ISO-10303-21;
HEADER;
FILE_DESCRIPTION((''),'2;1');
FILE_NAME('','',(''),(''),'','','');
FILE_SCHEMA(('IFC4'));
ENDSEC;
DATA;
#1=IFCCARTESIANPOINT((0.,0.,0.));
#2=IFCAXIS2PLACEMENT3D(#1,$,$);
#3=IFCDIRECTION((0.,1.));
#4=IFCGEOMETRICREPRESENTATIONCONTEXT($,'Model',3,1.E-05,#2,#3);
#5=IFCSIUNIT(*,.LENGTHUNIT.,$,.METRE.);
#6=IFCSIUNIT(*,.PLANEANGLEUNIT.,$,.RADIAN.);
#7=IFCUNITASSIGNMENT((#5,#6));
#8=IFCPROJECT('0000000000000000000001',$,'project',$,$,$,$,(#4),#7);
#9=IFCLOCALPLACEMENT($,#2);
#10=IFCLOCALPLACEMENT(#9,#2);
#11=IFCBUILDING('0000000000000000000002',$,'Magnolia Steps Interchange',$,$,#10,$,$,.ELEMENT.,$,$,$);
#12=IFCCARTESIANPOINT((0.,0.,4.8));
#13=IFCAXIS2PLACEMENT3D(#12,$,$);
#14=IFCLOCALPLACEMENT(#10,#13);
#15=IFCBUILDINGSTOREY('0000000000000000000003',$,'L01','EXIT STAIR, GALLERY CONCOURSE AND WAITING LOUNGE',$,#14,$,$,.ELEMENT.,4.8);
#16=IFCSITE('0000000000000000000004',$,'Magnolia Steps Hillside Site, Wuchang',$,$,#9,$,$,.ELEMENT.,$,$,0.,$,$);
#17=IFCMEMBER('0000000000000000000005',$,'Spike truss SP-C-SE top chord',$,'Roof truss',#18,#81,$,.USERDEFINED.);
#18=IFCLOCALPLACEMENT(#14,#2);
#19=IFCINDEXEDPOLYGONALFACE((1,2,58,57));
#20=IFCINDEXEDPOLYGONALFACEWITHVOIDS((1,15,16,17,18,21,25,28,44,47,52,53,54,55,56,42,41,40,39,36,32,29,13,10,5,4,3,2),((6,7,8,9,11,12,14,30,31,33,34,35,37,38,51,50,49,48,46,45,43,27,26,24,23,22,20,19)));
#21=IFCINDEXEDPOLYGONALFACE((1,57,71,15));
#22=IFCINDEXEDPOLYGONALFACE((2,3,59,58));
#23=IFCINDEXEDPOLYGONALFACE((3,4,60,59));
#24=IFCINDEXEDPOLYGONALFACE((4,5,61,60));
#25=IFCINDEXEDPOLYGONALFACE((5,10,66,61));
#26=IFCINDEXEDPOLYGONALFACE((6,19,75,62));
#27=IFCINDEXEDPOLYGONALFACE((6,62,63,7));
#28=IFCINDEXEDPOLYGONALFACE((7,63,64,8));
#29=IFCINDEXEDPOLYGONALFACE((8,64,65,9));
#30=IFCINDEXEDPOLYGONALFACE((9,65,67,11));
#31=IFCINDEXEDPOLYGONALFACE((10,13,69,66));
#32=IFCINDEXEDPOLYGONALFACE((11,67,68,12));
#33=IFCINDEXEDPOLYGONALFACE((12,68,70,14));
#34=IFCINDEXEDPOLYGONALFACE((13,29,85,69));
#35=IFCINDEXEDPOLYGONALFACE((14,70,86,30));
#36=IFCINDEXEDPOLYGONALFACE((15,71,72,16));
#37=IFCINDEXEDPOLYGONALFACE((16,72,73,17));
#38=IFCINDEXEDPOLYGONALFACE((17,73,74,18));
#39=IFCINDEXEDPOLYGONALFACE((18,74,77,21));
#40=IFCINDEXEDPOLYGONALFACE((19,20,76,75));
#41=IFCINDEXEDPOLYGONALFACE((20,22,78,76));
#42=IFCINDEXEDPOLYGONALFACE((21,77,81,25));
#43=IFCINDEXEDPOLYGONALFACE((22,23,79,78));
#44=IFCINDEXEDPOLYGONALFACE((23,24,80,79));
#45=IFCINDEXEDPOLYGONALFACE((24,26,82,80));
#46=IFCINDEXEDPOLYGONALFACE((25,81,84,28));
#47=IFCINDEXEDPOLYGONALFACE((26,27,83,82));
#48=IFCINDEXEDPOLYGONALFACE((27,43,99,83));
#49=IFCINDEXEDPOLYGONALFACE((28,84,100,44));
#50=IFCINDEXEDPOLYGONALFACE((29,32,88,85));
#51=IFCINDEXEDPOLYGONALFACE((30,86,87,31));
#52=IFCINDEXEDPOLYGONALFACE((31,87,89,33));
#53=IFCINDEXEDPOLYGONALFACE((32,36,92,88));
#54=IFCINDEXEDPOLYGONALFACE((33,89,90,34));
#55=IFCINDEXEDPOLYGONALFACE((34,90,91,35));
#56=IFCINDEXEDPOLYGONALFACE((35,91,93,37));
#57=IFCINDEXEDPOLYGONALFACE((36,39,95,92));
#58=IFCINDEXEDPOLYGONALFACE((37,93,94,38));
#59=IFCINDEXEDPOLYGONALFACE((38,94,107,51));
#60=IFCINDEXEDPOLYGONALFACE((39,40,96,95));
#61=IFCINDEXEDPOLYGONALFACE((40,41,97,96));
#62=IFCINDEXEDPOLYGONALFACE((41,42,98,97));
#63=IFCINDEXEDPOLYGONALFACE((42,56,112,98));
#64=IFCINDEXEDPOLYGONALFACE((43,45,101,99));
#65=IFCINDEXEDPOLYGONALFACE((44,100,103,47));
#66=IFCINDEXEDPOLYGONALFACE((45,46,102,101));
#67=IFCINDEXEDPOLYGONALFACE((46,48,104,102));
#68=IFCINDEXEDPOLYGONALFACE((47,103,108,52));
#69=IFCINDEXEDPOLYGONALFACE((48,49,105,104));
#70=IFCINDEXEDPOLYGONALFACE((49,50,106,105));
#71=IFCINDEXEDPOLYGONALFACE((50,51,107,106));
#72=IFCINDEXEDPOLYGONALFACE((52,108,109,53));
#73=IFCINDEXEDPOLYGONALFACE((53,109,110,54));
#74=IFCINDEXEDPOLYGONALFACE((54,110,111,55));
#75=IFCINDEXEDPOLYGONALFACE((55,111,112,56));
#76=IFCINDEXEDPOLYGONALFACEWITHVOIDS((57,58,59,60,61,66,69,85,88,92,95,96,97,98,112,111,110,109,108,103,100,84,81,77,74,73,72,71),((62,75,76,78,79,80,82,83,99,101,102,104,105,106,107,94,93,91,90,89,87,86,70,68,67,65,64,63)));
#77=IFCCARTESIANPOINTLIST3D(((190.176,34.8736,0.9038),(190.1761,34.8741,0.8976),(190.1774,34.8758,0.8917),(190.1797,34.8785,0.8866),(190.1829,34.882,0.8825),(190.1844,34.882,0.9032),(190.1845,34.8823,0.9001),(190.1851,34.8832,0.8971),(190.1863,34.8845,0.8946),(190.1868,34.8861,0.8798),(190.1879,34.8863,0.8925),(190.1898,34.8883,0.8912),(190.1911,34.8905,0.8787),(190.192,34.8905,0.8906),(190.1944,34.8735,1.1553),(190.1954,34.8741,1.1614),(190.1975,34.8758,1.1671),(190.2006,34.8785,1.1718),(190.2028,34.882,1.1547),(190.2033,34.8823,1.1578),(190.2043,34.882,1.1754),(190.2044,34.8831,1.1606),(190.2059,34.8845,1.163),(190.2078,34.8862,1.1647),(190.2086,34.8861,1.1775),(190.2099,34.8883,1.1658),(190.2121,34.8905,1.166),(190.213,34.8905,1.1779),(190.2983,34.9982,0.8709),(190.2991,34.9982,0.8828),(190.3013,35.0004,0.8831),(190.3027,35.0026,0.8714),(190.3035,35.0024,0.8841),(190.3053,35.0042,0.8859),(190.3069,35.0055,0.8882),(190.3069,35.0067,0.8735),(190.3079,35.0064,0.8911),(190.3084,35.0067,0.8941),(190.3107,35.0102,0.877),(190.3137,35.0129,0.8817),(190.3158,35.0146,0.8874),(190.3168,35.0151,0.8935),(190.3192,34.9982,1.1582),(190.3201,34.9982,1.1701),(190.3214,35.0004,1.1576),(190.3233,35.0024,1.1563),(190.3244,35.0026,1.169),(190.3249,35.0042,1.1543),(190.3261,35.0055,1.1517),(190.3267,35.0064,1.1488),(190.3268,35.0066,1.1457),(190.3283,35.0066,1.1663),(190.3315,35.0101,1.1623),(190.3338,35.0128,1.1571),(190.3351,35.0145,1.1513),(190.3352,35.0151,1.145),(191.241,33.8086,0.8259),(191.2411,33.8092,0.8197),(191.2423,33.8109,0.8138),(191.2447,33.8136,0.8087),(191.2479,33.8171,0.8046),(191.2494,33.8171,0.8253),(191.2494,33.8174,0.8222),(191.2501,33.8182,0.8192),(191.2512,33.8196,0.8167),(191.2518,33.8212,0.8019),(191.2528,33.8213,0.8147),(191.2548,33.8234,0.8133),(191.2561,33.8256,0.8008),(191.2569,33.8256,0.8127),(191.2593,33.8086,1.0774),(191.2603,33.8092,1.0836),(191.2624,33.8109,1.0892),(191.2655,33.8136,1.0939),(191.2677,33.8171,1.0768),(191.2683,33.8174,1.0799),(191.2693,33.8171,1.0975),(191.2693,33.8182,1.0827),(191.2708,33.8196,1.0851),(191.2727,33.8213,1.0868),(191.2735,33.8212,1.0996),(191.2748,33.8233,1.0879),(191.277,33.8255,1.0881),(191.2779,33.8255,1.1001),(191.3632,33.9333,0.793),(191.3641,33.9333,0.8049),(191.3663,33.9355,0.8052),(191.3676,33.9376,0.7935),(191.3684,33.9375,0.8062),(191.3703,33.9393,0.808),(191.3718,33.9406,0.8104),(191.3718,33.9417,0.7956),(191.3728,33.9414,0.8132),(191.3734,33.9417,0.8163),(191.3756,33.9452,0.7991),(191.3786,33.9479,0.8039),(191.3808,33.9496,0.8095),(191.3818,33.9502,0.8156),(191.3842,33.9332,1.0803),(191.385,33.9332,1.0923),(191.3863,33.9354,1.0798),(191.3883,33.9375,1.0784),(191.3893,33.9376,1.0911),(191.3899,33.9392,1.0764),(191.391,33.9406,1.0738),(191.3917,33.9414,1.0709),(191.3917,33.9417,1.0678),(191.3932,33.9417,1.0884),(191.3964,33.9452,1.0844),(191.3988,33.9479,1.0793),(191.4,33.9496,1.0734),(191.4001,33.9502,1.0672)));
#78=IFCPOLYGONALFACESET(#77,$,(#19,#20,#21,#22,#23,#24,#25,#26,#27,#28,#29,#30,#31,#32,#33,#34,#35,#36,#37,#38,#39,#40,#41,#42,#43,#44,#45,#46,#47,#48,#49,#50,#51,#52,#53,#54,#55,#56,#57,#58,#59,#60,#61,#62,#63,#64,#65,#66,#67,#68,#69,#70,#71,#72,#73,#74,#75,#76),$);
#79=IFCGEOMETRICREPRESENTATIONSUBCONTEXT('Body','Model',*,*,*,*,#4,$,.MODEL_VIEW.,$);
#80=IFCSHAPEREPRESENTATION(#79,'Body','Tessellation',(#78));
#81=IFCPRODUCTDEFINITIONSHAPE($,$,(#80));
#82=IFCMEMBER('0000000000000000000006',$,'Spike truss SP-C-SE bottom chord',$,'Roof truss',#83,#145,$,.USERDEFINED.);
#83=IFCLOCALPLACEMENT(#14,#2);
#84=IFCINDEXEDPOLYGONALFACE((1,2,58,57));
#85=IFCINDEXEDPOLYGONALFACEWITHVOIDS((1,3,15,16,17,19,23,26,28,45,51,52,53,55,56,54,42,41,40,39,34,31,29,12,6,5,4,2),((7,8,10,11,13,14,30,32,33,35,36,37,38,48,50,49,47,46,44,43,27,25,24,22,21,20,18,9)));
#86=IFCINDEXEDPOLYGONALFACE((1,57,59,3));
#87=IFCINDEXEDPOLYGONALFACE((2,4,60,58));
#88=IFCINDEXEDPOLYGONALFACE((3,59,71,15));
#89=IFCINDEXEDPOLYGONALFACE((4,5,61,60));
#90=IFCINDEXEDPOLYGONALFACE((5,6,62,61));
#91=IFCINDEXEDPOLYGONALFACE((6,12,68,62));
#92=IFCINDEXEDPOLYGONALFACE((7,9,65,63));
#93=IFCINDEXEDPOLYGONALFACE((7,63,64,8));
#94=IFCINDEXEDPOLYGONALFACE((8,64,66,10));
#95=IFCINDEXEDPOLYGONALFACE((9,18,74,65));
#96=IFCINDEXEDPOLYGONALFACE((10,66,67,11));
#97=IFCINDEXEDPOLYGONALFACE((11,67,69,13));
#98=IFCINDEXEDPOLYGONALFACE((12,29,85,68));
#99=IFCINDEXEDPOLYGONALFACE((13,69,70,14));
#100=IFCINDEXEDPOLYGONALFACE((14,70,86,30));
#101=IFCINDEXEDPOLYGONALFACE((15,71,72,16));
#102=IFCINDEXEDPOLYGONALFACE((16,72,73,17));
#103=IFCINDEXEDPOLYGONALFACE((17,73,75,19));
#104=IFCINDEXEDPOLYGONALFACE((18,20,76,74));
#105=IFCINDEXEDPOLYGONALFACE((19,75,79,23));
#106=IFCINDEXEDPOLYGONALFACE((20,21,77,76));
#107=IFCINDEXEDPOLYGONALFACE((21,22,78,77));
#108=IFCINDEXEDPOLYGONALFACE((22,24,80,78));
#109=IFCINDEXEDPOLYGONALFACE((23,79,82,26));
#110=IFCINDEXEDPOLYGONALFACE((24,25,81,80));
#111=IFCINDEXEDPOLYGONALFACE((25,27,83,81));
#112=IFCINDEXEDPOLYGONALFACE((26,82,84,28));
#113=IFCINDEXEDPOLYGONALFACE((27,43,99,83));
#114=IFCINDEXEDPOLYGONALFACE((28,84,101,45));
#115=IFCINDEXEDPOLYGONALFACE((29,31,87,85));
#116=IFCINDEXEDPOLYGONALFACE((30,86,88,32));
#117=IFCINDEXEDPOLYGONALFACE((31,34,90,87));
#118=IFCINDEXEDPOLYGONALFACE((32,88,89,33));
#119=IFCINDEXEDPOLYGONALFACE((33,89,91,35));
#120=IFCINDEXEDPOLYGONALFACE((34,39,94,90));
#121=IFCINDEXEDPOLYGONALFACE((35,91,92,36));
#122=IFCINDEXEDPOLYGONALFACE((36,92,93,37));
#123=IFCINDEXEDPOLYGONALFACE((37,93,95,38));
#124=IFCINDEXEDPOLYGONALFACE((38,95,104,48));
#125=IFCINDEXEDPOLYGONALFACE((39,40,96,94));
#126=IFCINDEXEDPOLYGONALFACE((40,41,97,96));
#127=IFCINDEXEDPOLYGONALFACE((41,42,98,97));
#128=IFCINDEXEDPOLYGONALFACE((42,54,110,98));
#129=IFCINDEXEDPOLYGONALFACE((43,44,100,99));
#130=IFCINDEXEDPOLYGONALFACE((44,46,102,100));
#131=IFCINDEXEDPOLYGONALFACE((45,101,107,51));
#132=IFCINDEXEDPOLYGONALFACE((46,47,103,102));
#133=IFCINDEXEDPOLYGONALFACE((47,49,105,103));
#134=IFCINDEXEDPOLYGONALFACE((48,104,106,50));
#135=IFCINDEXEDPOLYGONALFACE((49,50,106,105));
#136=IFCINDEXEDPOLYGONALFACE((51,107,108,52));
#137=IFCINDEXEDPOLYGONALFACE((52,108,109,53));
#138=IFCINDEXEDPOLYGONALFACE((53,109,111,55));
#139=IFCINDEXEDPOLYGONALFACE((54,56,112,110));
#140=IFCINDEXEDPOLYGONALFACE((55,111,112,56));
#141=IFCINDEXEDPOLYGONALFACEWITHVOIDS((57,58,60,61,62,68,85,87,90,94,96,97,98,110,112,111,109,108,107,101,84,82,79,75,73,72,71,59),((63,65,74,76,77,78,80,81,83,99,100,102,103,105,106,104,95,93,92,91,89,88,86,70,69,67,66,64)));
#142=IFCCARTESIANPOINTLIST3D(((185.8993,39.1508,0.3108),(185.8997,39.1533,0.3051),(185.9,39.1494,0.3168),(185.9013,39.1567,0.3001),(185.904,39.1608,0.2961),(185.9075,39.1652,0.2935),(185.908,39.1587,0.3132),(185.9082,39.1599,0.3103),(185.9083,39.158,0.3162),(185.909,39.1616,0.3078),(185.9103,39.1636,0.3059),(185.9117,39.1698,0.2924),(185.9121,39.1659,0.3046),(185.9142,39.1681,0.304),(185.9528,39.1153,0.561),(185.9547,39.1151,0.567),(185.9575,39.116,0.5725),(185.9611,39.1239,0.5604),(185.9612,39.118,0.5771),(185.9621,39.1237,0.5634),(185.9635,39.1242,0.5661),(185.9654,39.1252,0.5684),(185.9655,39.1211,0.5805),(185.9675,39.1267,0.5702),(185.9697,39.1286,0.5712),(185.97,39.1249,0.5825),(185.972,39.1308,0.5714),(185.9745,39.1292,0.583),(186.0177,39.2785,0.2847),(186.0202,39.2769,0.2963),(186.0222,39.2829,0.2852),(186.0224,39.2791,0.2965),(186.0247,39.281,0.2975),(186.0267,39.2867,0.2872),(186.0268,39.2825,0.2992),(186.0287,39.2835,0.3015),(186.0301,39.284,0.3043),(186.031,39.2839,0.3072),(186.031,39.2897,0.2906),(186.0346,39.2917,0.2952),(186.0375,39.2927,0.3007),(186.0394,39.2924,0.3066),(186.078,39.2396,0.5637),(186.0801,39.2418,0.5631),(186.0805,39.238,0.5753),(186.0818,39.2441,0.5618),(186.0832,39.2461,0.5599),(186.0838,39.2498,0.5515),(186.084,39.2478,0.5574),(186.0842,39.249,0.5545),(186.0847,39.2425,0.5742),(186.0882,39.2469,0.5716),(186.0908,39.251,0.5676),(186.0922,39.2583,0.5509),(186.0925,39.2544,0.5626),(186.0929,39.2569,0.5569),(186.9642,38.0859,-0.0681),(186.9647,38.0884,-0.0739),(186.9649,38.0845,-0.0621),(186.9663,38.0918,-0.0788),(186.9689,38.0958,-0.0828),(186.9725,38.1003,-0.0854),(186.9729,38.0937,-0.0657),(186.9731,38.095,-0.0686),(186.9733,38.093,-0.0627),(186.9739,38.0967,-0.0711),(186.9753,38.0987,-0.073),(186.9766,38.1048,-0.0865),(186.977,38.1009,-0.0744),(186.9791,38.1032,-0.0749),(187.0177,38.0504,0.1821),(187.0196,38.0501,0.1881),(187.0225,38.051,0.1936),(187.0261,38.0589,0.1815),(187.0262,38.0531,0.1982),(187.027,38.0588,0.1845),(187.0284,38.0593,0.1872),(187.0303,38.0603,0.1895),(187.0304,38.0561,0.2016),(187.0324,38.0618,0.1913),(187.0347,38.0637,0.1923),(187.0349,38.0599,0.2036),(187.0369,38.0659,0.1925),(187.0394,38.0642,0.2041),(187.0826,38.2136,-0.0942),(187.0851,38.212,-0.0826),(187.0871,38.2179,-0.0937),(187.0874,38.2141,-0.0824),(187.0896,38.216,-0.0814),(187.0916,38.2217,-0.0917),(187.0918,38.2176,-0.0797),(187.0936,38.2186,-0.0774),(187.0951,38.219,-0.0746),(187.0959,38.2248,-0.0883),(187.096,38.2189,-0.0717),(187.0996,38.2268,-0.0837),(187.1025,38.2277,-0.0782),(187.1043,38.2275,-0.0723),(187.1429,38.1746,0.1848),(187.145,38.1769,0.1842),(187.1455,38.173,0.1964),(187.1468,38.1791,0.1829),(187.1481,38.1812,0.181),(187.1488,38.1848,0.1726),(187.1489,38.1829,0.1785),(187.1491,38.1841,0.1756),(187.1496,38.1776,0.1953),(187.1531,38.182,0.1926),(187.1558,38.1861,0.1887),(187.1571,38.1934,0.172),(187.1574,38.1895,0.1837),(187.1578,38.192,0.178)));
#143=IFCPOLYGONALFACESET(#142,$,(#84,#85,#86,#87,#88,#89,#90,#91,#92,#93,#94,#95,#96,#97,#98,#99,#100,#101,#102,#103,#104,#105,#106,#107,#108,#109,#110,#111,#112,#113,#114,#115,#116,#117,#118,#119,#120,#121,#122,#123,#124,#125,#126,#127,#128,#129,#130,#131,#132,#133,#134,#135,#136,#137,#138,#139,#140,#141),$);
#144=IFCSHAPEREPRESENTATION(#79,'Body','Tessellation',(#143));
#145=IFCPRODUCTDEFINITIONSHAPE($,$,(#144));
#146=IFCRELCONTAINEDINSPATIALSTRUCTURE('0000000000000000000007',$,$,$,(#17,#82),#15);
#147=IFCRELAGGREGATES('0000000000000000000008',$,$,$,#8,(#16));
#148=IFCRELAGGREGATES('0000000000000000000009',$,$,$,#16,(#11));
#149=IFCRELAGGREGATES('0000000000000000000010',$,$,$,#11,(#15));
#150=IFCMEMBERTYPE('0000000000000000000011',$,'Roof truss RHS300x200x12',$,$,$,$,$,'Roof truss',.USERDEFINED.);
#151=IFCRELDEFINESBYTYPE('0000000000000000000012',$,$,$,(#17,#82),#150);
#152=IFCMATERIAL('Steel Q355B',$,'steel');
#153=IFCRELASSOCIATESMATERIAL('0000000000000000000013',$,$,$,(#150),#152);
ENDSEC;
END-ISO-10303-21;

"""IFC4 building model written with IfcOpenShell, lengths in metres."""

from ifc_helpers import new_model, si_unit, direction, frame, origin, origin_2d, place, context, subcontext, project, spatial, hollow_rectangle, extrude, material, material_profile, profile_set, type_object, element, save


model = new_model("IFC4")

# Units and contexts
model_context = context("Model", 3, precision=1e-05, world=origin(), true_north=direction((0.0, 1.0)))
body_context = subcontext(model_context, "Body", "Model", "MODEL_VIEW")
ifc_project = project(units=[si_unit("LENGTHUNIT", "METRE"), si_unit("PLANEANGLEUNIT", "RADIAN")], contexts=[model_context])

# Site, building, storey
site_placement = place(None, origin())
site = spatial("IfcSite", under=ifc_project, at=site_placement, Name="Magnolia Steps Hillside Site, Wuchang", CompositionType="ELEMENT", RefElevation=0.0)
building_placement = place(site_placement, origin())
building = spatial("IfcBuilding", under=site, at=building_placement, Name="Magnolia Steps Interchange", CompositionType="ELEMENT")
storey_placement = place(building_placement, frame((0.0, 0.0, 4.8)))
storey = spatial("IfcBuildingStorey", under=building, at=storey_placement, Name="L01", Description="EXIT STAIR, GALLERY CONCOURSE AND WAITING LOUNGE", CompositionType="ELEMENT", Elevation=4.8)

# Members
ifc_material_1 = material(Name="Steel Q355B", Category="steel")
ifc_material_profile_1 = material_profile(ifc_material_1, hollow_rectangle(XDim=0.2, YDim=0.3, WallThickness=0.012, InnerFilletRadius=0.012, OuterFilletRadius=0.0239, at=origin_2d()), Name="RHS300x200x12")
ifc_profile_set_1 = profile_set([ifc_material_profile_1], Name="Steel Q355B")
member_type_1 = type_object("IfcMemberType", Name="Roof truss RHS300x200x12", ElementType="Roof truss", PredefinedType="USERDEFINED", material=ifc_profile_set_1)
member_1_placement = place(storey_placement, frame((190.2556, 34.9443, 1.0244), z_axis=(0.706163, -0.706163, -0.051643), x_axis=(0.704293, 0.708049, -0.051355)))
element("IfcMember", 1, at=member_1_placement, inside=storey, type_object=member_type_1, Name="Spike truss SP-C-SE top chord", ObjectType="Roof truss", PredefinedType="USERDEFINED", context=body_context, shape_type="SweptSolid", body=[
    extrude(hollow_rectangle(XDim=0.2, YDim=0.3, WallThickness=0.012, InnerFilletRadius=0.012, OuterFilletRadius=0.0239, at=origin_2d()), origin(), (0.0, 0.0, 1.0), 1.5081),
])
member_2_placement = place(storey_placement, frame((185.9961, 39.2039, 0.4338), z_axis=(0.685737, -0.685737, -0.243985), x_axis=(0.697092, 0.715177, -0.05083)))
element("IfcMember", 2, at=member_2_placement, inside=storey, type_object=member_type_1, Name="Spike truss SP-C-SE bottom chord", ObjectType="Roof truss", PredefinedType="USERDEFINED", context=body_context, shape_type="SweptSolid", body=[
    extrude(hollow_rectangle(XDim=0.2, YDim=0.3, WallThickness=0.012, InnerFilletRadius=0.012, OuterFilletRadius=0.0239, at=origin_2d()), origin(), (0.0, 0.0, 1.0), 1.553),
])

save(model, "model.ifc")
